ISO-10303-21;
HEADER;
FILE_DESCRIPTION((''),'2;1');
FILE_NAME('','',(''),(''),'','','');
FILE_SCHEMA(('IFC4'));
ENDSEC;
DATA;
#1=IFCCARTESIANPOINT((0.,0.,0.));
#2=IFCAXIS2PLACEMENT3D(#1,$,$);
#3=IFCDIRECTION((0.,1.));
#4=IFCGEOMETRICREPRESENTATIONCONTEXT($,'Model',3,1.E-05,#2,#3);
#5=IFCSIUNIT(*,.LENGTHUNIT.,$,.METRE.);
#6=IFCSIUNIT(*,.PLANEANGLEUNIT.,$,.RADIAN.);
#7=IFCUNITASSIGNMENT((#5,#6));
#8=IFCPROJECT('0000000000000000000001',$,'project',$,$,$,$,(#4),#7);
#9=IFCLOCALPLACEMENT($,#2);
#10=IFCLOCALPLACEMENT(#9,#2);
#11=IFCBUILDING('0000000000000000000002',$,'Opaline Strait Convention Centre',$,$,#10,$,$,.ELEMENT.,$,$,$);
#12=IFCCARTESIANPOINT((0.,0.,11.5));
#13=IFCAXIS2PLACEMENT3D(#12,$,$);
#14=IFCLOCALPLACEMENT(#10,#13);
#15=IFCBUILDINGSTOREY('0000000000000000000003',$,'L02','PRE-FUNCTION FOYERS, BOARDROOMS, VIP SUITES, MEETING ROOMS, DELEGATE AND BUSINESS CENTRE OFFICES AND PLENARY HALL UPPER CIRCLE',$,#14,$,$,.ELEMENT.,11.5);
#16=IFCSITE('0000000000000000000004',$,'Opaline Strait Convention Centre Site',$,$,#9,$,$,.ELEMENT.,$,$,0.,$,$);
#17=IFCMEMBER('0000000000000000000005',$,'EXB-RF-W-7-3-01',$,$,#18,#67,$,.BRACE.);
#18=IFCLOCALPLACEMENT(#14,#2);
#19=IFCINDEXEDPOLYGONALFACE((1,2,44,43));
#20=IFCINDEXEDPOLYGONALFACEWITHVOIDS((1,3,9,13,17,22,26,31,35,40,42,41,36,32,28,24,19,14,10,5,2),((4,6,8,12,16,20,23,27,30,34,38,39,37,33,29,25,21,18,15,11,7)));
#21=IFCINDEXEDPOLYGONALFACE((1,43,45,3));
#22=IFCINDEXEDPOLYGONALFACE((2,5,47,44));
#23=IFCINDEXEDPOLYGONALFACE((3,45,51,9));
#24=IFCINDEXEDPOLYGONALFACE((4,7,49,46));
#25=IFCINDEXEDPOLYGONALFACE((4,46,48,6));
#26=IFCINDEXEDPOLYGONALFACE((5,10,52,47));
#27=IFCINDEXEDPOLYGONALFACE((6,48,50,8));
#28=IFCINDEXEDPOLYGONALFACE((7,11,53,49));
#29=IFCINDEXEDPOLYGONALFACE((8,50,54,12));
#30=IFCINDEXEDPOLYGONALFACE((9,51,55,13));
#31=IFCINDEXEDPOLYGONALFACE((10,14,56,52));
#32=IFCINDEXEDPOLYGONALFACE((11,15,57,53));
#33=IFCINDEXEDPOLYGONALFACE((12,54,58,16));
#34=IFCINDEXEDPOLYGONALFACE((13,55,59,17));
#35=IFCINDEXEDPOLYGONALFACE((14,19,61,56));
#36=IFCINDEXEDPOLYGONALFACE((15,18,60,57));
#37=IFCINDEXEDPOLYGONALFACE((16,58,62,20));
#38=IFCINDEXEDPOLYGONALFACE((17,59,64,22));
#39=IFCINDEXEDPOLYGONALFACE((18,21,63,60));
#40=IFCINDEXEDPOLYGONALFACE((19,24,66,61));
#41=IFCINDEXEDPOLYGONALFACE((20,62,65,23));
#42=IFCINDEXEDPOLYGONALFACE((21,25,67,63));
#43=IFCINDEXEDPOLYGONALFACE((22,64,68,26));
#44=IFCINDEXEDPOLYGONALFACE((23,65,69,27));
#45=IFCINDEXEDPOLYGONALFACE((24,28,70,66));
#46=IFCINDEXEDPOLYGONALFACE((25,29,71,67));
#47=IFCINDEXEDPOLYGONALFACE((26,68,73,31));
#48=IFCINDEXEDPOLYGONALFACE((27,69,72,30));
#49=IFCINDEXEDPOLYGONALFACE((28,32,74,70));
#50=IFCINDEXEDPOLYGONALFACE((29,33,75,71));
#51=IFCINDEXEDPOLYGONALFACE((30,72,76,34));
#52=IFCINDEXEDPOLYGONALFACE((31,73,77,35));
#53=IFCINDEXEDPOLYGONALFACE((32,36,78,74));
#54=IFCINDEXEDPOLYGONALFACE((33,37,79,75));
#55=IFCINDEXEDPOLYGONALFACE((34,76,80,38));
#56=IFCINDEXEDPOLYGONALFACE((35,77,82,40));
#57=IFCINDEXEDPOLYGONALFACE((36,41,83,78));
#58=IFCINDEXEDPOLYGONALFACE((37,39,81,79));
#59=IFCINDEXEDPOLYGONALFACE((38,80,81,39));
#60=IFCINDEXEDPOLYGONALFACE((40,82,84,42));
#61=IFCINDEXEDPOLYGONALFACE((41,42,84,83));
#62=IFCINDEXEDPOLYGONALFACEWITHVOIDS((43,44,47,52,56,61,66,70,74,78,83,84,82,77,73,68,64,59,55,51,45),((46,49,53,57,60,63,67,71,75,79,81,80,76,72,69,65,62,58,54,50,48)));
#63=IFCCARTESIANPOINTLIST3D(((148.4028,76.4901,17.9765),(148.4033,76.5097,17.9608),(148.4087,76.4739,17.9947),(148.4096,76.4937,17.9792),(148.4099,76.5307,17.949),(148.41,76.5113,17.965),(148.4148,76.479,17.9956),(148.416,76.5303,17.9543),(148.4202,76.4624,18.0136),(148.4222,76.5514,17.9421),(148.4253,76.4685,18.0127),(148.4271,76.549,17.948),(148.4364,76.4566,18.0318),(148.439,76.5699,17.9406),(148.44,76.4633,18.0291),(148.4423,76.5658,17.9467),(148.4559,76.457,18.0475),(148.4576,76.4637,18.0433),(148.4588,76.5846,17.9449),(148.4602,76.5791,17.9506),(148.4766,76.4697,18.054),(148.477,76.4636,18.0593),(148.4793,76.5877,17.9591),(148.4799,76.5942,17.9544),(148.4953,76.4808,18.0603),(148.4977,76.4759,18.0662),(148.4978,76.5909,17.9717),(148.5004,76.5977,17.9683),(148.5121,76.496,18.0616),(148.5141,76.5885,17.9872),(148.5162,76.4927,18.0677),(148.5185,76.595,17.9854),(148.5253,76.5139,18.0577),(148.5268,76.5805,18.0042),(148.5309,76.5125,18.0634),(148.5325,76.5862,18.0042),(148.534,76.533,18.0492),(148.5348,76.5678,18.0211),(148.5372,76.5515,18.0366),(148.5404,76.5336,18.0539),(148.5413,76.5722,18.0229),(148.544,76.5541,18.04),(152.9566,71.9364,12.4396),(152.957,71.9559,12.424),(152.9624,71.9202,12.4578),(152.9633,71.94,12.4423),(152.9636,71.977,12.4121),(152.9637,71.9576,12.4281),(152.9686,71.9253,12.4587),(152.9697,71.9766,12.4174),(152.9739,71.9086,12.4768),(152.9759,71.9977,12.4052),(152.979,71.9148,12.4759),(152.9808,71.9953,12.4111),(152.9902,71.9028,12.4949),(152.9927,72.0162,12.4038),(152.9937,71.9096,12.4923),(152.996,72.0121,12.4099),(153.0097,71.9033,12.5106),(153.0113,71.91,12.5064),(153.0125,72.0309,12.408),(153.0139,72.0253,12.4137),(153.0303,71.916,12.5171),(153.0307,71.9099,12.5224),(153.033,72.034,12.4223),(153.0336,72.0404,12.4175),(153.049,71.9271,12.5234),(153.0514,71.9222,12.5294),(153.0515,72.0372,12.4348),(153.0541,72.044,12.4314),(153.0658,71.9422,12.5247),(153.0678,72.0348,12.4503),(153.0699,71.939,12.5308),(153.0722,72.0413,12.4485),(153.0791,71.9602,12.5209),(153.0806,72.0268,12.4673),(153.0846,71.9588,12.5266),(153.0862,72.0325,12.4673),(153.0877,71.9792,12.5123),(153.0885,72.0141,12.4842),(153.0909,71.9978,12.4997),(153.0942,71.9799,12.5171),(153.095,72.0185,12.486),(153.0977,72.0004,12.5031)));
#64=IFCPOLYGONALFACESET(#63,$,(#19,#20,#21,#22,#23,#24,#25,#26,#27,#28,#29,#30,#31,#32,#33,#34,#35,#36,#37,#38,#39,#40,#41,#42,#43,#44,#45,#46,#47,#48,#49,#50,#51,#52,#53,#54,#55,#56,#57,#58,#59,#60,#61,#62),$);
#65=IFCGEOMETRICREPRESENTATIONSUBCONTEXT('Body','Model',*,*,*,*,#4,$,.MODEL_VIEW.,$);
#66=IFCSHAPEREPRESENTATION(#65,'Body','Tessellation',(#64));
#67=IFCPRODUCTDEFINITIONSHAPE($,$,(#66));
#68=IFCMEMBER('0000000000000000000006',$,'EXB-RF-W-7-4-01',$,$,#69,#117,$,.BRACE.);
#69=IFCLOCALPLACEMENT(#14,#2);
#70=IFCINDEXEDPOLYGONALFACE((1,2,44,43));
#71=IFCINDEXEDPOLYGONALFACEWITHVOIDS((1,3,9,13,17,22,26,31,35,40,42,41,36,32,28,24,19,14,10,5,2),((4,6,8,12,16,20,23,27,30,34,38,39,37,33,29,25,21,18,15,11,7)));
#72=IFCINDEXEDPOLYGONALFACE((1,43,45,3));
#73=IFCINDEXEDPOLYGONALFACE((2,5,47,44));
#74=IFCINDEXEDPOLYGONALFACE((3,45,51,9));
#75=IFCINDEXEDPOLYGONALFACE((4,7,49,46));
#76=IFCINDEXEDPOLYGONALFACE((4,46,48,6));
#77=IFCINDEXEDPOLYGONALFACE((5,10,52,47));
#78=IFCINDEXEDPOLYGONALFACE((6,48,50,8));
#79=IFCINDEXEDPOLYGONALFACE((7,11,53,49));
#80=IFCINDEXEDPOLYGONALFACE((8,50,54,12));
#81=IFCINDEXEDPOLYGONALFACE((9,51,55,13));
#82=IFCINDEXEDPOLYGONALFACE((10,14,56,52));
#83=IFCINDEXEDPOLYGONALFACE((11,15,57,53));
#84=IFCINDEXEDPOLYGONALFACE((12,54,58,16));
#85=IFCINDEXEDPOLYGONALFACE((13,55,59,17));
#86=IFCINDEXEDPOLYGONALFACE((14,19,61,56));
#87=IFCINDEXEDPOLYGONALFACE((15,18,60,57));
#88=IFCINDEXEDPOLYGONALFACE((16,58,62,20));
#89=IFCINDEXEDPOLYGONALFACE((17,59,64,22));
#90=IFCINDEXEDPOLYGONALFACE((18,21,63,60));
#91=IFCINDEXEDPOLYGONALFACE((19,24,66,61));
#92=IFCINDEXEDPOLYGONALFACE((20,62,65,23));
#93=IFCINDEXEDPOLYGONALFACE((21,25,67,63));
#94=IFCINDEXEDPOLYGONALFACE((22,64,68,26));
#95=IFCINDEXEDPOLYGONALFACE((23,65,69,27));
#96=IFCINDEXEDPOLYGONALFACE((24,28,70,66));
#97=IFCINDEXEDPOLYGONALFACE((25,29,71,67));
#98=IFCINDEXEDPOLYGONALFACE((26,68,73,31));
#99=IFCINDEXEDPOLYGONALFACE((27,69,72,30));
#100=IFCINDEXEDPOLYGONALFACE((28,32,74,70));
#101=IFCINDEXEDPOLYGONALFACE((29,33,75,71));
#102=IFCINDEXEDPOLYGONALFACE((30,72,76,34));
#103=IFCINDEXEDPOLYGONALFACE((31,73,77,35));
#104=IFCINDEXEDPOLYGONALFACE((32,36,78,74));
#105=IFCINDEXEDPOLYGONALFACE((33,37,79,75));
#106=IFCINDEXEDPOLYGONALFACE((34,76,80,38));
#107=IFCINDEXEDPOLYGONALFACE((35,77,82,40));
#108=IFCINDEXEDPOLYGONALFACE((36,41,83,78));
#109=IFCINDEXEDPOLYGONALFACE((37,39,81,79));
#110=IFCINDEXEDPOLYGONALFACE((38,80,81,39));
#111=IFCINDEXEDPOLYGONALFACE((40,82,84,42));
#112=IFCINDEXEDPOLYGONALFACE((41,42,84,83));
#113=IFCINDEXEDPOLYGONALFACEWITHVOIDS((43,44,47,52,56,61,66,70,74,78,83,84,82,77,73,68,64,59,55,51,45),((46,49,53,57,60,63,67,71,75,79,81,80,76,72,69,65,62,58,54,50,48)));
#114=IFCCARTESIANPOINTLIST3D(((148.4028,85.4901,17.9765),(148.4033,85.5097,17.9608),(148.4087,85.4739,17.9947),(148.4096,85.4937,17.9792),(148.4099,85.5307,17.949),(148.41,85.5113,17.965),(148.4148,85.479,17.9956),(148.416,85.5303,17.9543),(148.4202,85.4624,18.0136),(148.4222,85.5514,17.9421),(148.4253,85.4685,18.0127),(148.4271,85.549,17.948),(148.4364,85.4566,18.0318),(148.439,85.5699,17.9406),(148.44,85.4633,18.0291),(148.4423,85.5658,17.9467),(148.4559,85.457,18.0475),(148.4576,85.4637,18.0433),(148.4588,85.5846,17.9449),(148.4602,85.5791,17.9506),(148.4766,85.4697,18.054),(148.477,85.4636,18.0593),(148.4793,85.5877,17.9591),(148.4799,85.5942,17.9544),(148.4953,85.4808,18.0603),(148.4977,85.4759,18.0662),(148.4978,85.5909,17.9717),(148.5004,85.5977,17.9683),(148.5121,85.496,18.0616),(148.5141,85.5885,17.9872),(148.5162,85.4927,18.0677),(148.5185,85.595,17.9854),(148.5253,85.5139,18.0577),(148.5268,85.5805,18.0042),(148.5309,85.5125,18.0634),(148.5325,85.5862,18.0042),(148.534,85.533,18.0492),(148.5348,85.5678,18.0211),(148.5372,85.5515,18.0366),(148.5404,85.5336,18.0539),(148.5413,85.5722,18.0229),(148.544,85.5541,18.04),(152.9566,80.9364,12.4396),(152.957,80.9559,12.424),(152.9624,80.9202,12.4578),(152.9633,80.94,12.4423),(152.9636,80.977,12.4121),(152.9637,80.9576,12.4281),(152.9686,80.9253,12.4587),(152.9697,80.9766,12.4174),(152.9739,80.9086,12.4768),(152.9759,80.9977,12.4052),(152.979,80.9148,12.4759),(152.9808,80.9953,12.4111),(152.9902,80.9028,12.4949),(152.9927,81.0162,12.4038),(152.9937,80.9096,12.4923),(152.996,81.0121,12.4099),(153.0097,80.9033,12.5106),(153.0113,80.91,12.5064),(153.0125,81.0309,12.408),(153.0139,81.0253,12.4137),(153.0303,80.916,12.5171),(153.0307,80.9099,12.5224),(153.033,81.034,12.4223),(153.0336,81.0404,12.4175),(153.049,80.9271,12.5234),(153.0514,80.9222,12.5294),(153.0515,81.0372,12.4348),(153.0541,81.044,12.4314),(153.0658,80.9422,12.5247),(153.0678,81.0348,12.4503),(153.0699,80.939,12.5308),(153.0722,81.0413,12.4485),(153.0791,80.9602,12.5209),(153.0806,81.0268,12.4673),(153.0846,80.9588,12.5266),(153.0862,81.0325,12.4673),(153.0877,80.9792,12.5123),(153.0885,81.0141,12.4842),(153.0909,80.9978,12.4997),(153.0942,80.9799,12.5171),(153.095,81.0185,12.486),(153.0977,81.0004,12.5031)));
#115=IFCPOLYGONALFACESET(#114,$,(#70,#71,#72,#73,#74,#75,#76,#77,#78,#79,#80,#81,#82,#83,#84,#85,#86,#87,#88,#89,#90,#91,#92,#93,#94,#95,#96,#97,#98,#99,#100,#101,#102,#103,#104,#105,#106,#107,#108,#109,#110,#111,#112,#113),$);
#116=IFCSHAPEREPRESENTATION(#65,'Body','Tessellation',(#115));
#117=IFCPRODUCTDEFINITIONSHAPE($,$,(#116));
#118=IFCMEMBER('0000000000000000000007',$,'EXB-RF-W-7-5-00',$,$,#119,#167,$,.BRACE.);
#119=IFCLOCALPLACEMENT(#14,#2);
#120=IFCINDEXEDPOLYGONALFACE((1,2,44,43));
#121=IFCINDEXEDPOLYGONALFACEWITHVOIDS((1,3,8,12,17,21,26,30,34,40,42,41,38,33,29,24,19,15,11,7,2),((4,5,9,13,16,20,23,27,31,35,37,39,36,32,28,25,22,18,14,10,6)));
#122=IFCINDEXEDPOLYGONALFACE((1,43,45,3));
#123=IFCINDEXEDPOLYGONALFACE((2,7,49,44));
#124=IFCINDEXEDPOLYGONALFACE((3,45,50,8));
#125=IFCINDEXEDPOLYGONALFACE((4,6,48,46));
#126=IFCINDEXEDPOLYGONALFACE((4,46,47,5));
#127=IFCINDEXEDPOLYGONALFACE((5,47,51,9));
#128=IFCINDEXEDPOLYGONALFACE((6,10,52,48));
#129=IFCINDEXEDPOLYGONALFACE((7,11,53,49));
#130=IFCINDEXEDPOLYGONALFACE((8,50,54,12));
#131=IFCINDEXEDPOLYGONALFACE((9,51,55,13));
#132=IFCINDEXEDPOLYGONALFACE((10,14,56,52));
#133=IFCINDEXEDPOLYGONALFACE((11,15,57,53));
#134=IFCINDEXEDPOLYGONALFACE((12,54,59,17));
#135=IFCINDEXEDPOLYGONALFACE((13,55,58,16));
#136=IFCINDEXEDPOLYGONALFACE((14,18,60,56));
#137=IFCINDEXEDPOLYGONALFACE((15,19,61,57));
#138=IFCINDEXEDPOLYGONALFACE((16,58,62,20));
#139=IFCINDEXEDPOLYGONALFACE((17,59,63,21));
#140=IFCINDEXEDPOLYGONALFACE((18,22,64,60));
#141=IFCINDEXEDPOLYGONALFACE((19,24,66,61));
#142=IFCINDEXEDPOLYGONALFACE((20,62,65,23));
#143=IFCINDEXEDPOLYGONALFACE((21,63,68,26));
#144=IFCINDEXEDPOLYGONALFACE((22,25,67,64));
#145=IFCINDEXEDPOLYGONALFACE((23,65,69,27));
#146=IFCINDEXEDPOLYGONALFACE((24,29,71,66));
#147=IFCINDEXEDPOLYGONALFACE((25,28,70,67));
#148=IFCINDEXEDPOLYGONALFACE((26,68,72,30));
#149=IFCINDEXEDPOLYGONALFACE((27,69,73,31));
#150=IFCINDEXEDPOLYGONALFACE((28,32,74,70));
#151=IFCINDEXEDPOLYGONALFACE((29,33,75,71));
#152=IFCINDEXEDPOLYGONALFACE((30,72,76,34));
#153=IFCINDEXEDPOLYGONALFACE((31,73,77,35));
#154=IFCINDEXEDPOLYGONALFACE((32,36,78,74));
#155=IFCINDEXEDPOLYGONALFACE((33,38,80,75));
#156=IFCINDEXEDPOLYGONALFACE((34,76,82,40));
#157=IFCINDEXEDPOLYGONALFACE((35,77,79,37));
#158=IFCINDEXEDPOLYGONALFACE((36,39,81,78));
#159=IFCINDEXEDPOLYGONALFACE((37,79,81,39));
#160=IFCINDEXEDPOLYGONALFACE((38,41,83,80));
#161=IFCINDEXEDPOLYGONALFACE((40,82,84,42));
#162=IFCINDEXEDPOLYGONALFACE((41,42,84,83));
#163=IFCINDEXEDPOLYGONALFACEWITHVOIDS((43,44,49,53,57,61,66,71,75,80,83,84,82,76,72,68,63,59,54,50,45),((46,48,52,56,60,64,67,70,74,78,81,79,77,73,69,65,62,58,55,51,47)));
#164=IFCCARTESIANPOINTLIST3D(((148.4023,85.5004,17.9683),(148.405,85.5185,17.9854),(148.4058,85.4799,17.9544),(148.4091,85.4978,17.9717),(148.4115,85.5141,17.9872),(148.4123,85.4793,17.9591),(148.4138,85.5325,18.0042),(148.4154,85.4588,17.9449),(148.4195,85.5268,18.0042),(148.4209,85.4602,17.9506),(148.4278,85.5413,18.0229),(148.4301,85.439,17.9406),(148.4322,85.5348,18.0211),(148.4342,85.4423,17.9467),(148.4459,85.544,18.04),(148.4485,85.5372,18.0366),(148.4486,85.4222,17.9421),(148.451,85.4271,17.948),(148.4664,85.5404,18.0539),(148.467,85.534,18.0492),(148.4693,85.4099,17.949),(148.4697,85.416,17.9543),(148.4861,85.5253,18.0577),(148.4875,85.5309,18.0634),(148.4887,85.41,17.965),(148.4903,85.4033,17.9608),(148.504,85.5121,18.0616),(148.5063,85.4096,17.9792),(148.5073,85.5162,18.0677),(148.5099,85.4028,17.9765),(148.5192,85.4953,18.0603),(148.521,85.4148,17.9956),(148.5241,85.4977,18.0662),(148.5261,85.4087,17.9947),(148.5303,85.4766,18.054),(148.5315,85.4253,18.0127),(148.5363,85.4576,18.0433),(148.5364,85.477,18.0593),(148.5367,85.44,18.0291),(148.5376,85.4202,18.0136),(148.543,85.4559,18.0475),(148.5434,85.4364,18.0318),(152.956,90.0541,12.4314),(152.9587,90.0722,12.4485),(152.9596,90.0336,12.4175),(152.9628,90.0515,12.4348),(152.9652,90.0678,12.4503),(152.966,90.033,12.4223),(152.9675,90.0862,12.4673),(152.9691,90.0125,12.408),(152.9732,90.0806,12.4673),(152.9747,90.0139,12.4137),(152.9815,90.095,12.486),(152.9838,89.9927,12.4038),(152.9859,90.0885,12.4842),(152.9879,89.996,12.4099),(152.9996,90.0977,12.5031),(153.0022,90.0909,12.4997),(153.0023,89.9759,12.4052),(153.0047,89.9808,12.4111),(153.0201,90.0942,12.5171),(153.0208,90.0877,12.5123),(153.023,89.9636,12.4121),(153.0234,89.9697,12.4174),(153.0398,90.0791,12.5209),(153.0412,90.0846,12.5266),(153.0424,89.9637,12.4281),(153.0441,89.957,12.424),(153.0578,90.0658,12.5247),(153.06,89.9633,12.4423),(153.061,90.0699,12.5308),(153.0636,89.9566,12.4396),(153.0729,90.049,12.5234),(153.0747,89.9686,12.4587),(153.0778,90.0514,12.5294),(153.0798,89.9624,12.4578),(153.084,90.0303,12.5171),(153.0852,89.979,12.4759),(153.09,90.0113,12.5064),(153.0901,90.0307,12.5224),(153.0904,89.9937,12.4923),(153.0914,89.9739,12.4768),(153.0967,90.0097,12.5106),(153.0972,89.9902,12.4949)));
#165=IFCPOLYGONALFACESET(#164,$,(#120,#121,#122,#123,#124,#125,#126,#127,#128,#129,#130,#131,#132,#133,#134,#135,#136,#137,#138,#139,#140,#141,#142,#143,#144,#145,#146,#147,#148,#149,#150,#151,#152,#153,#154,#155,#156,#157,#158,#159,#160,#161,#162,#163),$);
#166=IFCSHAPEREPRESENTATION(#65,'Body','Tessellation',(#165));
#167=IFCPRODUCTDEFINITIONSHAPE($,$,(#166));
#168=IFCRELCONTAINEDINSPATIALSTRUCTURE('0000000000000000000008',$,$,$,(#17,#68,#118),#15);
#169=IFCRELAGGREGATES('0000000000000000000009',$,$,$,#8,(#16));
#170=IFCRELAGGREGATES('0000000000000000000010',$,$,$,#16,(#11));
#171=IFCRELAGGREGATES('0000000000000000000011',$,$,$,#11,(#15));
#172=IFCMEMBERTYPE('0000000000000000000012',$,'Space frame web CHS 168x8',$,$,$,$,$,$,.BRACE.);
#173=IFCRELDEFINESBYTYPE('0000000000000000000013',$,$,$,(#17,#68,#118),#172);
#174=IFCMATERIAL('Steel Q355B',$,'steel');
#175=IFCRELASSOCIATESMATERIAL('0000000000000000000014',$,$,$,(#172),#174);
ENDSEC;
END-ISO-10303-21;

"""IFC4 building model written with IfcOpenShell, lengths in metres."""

from ifc_helpers import new_model, si_unit, direction, frame, origin, origin_2d, place, context, subcontext, project, spatial, hollow_circle, extrude, material, material_profile, profile_set, type_object, element, save


model = new_model("IFC4")

# Units and contexts
model_context = context("Model", 3, precision=1e-05, world=origin(), true_north=direction((0.0, 1.0)))
body_context = subcontext(model_context, "Body", "Model", "MODEL_VIEW")
ifc_project = project(units=[si_unit("LENGTHUNIT", "METRE"), si_unit("PLANEANGLEUNIT", "RADIAN")], contexts=[model_context])

# Site, building, storey
site_placement = place(None, origin())
site = spatial("IfcSite", under=ifc_project, at=site_placement, Name="Opaline Strait Convention Centre Site", CompositionType="ELEMENT", RefElevation=0.0)
building_placement = place(site_placement, origin())
building = spatial("IfcBuilding", under=site, at=building_placement, Name="Opaline Strait Convention Centre", CompositionType="ELEMENT")
storey_placement = place(building_placement, frame((0.0, 0.0, 11.5)))
storey = spatial("IfcBuildingStorey", under=building, at=storey_placement, Name="L02", Description="PRE-FUNCTION FOYERS, BOARDROOMS, VIP SUITES, MEETING ROOMS, DELEGATE AND BUSINESS CENTRE OFFICES AND PLENARY HALL UPPER CIRCLE", CompositionType="ELEMENT", Elevation=11.5)

# Members
ifc_material = material(Name="Steel Q355B", Category="steel")
ifc_material_profile_1 = material_profile(ifc_material, hollow_circle(Radius=0.084, WallThickness=0.0081, at=origin_2d()), Name="CHS 168x8")
ifc_profile_set_1 = profile_set([ifc_material_profile_1], Name="Steel Q355B")
member_type_1 = type_object("IfcMemberType", Name="Space frame web CHS 168x8", PredefinedType="BRACE", material=ifc_profile_set_1)
for number, where, z_axis, x_axis, name in (
    (1, (148.4731, 76.5269, 18.0042), (0.536178, -0.536178, -0.65194), (0.707107, 0.707107, 0.0), "EXB-RF-W-7-3-01"),
    (2, (148.4731, 85.5269, 18.0042), (0.536178, -0.536178, -0.65194), (0.707107, 0.707107, 0.0), "EXB-RF-W-7-4-01"),
    (3, (148.4731, 85.4731, 18.0042), (0.536178, 0.536178, -0.65194), (-0.707107, 0.707107, 0.0), "EXB-RF-W-7-5-00"),
):
    element("IfcMember", number, at=place(storey_placement, frame(where, z_axis=z_axis, x_axis=x_axis)), inside=storey, type_object=member_type_1, Name=name, PredefinedType="BRACE", context=body_context, shape_type="SweptSolid", body=[
        extrude(hollow_circle(Radius=0.084, WallThickness=0.0081, at=origin_2d()), origin(), (0.0, 0.0, 1.0), 8.4929),
    ])

save(model, "model.ifc")
